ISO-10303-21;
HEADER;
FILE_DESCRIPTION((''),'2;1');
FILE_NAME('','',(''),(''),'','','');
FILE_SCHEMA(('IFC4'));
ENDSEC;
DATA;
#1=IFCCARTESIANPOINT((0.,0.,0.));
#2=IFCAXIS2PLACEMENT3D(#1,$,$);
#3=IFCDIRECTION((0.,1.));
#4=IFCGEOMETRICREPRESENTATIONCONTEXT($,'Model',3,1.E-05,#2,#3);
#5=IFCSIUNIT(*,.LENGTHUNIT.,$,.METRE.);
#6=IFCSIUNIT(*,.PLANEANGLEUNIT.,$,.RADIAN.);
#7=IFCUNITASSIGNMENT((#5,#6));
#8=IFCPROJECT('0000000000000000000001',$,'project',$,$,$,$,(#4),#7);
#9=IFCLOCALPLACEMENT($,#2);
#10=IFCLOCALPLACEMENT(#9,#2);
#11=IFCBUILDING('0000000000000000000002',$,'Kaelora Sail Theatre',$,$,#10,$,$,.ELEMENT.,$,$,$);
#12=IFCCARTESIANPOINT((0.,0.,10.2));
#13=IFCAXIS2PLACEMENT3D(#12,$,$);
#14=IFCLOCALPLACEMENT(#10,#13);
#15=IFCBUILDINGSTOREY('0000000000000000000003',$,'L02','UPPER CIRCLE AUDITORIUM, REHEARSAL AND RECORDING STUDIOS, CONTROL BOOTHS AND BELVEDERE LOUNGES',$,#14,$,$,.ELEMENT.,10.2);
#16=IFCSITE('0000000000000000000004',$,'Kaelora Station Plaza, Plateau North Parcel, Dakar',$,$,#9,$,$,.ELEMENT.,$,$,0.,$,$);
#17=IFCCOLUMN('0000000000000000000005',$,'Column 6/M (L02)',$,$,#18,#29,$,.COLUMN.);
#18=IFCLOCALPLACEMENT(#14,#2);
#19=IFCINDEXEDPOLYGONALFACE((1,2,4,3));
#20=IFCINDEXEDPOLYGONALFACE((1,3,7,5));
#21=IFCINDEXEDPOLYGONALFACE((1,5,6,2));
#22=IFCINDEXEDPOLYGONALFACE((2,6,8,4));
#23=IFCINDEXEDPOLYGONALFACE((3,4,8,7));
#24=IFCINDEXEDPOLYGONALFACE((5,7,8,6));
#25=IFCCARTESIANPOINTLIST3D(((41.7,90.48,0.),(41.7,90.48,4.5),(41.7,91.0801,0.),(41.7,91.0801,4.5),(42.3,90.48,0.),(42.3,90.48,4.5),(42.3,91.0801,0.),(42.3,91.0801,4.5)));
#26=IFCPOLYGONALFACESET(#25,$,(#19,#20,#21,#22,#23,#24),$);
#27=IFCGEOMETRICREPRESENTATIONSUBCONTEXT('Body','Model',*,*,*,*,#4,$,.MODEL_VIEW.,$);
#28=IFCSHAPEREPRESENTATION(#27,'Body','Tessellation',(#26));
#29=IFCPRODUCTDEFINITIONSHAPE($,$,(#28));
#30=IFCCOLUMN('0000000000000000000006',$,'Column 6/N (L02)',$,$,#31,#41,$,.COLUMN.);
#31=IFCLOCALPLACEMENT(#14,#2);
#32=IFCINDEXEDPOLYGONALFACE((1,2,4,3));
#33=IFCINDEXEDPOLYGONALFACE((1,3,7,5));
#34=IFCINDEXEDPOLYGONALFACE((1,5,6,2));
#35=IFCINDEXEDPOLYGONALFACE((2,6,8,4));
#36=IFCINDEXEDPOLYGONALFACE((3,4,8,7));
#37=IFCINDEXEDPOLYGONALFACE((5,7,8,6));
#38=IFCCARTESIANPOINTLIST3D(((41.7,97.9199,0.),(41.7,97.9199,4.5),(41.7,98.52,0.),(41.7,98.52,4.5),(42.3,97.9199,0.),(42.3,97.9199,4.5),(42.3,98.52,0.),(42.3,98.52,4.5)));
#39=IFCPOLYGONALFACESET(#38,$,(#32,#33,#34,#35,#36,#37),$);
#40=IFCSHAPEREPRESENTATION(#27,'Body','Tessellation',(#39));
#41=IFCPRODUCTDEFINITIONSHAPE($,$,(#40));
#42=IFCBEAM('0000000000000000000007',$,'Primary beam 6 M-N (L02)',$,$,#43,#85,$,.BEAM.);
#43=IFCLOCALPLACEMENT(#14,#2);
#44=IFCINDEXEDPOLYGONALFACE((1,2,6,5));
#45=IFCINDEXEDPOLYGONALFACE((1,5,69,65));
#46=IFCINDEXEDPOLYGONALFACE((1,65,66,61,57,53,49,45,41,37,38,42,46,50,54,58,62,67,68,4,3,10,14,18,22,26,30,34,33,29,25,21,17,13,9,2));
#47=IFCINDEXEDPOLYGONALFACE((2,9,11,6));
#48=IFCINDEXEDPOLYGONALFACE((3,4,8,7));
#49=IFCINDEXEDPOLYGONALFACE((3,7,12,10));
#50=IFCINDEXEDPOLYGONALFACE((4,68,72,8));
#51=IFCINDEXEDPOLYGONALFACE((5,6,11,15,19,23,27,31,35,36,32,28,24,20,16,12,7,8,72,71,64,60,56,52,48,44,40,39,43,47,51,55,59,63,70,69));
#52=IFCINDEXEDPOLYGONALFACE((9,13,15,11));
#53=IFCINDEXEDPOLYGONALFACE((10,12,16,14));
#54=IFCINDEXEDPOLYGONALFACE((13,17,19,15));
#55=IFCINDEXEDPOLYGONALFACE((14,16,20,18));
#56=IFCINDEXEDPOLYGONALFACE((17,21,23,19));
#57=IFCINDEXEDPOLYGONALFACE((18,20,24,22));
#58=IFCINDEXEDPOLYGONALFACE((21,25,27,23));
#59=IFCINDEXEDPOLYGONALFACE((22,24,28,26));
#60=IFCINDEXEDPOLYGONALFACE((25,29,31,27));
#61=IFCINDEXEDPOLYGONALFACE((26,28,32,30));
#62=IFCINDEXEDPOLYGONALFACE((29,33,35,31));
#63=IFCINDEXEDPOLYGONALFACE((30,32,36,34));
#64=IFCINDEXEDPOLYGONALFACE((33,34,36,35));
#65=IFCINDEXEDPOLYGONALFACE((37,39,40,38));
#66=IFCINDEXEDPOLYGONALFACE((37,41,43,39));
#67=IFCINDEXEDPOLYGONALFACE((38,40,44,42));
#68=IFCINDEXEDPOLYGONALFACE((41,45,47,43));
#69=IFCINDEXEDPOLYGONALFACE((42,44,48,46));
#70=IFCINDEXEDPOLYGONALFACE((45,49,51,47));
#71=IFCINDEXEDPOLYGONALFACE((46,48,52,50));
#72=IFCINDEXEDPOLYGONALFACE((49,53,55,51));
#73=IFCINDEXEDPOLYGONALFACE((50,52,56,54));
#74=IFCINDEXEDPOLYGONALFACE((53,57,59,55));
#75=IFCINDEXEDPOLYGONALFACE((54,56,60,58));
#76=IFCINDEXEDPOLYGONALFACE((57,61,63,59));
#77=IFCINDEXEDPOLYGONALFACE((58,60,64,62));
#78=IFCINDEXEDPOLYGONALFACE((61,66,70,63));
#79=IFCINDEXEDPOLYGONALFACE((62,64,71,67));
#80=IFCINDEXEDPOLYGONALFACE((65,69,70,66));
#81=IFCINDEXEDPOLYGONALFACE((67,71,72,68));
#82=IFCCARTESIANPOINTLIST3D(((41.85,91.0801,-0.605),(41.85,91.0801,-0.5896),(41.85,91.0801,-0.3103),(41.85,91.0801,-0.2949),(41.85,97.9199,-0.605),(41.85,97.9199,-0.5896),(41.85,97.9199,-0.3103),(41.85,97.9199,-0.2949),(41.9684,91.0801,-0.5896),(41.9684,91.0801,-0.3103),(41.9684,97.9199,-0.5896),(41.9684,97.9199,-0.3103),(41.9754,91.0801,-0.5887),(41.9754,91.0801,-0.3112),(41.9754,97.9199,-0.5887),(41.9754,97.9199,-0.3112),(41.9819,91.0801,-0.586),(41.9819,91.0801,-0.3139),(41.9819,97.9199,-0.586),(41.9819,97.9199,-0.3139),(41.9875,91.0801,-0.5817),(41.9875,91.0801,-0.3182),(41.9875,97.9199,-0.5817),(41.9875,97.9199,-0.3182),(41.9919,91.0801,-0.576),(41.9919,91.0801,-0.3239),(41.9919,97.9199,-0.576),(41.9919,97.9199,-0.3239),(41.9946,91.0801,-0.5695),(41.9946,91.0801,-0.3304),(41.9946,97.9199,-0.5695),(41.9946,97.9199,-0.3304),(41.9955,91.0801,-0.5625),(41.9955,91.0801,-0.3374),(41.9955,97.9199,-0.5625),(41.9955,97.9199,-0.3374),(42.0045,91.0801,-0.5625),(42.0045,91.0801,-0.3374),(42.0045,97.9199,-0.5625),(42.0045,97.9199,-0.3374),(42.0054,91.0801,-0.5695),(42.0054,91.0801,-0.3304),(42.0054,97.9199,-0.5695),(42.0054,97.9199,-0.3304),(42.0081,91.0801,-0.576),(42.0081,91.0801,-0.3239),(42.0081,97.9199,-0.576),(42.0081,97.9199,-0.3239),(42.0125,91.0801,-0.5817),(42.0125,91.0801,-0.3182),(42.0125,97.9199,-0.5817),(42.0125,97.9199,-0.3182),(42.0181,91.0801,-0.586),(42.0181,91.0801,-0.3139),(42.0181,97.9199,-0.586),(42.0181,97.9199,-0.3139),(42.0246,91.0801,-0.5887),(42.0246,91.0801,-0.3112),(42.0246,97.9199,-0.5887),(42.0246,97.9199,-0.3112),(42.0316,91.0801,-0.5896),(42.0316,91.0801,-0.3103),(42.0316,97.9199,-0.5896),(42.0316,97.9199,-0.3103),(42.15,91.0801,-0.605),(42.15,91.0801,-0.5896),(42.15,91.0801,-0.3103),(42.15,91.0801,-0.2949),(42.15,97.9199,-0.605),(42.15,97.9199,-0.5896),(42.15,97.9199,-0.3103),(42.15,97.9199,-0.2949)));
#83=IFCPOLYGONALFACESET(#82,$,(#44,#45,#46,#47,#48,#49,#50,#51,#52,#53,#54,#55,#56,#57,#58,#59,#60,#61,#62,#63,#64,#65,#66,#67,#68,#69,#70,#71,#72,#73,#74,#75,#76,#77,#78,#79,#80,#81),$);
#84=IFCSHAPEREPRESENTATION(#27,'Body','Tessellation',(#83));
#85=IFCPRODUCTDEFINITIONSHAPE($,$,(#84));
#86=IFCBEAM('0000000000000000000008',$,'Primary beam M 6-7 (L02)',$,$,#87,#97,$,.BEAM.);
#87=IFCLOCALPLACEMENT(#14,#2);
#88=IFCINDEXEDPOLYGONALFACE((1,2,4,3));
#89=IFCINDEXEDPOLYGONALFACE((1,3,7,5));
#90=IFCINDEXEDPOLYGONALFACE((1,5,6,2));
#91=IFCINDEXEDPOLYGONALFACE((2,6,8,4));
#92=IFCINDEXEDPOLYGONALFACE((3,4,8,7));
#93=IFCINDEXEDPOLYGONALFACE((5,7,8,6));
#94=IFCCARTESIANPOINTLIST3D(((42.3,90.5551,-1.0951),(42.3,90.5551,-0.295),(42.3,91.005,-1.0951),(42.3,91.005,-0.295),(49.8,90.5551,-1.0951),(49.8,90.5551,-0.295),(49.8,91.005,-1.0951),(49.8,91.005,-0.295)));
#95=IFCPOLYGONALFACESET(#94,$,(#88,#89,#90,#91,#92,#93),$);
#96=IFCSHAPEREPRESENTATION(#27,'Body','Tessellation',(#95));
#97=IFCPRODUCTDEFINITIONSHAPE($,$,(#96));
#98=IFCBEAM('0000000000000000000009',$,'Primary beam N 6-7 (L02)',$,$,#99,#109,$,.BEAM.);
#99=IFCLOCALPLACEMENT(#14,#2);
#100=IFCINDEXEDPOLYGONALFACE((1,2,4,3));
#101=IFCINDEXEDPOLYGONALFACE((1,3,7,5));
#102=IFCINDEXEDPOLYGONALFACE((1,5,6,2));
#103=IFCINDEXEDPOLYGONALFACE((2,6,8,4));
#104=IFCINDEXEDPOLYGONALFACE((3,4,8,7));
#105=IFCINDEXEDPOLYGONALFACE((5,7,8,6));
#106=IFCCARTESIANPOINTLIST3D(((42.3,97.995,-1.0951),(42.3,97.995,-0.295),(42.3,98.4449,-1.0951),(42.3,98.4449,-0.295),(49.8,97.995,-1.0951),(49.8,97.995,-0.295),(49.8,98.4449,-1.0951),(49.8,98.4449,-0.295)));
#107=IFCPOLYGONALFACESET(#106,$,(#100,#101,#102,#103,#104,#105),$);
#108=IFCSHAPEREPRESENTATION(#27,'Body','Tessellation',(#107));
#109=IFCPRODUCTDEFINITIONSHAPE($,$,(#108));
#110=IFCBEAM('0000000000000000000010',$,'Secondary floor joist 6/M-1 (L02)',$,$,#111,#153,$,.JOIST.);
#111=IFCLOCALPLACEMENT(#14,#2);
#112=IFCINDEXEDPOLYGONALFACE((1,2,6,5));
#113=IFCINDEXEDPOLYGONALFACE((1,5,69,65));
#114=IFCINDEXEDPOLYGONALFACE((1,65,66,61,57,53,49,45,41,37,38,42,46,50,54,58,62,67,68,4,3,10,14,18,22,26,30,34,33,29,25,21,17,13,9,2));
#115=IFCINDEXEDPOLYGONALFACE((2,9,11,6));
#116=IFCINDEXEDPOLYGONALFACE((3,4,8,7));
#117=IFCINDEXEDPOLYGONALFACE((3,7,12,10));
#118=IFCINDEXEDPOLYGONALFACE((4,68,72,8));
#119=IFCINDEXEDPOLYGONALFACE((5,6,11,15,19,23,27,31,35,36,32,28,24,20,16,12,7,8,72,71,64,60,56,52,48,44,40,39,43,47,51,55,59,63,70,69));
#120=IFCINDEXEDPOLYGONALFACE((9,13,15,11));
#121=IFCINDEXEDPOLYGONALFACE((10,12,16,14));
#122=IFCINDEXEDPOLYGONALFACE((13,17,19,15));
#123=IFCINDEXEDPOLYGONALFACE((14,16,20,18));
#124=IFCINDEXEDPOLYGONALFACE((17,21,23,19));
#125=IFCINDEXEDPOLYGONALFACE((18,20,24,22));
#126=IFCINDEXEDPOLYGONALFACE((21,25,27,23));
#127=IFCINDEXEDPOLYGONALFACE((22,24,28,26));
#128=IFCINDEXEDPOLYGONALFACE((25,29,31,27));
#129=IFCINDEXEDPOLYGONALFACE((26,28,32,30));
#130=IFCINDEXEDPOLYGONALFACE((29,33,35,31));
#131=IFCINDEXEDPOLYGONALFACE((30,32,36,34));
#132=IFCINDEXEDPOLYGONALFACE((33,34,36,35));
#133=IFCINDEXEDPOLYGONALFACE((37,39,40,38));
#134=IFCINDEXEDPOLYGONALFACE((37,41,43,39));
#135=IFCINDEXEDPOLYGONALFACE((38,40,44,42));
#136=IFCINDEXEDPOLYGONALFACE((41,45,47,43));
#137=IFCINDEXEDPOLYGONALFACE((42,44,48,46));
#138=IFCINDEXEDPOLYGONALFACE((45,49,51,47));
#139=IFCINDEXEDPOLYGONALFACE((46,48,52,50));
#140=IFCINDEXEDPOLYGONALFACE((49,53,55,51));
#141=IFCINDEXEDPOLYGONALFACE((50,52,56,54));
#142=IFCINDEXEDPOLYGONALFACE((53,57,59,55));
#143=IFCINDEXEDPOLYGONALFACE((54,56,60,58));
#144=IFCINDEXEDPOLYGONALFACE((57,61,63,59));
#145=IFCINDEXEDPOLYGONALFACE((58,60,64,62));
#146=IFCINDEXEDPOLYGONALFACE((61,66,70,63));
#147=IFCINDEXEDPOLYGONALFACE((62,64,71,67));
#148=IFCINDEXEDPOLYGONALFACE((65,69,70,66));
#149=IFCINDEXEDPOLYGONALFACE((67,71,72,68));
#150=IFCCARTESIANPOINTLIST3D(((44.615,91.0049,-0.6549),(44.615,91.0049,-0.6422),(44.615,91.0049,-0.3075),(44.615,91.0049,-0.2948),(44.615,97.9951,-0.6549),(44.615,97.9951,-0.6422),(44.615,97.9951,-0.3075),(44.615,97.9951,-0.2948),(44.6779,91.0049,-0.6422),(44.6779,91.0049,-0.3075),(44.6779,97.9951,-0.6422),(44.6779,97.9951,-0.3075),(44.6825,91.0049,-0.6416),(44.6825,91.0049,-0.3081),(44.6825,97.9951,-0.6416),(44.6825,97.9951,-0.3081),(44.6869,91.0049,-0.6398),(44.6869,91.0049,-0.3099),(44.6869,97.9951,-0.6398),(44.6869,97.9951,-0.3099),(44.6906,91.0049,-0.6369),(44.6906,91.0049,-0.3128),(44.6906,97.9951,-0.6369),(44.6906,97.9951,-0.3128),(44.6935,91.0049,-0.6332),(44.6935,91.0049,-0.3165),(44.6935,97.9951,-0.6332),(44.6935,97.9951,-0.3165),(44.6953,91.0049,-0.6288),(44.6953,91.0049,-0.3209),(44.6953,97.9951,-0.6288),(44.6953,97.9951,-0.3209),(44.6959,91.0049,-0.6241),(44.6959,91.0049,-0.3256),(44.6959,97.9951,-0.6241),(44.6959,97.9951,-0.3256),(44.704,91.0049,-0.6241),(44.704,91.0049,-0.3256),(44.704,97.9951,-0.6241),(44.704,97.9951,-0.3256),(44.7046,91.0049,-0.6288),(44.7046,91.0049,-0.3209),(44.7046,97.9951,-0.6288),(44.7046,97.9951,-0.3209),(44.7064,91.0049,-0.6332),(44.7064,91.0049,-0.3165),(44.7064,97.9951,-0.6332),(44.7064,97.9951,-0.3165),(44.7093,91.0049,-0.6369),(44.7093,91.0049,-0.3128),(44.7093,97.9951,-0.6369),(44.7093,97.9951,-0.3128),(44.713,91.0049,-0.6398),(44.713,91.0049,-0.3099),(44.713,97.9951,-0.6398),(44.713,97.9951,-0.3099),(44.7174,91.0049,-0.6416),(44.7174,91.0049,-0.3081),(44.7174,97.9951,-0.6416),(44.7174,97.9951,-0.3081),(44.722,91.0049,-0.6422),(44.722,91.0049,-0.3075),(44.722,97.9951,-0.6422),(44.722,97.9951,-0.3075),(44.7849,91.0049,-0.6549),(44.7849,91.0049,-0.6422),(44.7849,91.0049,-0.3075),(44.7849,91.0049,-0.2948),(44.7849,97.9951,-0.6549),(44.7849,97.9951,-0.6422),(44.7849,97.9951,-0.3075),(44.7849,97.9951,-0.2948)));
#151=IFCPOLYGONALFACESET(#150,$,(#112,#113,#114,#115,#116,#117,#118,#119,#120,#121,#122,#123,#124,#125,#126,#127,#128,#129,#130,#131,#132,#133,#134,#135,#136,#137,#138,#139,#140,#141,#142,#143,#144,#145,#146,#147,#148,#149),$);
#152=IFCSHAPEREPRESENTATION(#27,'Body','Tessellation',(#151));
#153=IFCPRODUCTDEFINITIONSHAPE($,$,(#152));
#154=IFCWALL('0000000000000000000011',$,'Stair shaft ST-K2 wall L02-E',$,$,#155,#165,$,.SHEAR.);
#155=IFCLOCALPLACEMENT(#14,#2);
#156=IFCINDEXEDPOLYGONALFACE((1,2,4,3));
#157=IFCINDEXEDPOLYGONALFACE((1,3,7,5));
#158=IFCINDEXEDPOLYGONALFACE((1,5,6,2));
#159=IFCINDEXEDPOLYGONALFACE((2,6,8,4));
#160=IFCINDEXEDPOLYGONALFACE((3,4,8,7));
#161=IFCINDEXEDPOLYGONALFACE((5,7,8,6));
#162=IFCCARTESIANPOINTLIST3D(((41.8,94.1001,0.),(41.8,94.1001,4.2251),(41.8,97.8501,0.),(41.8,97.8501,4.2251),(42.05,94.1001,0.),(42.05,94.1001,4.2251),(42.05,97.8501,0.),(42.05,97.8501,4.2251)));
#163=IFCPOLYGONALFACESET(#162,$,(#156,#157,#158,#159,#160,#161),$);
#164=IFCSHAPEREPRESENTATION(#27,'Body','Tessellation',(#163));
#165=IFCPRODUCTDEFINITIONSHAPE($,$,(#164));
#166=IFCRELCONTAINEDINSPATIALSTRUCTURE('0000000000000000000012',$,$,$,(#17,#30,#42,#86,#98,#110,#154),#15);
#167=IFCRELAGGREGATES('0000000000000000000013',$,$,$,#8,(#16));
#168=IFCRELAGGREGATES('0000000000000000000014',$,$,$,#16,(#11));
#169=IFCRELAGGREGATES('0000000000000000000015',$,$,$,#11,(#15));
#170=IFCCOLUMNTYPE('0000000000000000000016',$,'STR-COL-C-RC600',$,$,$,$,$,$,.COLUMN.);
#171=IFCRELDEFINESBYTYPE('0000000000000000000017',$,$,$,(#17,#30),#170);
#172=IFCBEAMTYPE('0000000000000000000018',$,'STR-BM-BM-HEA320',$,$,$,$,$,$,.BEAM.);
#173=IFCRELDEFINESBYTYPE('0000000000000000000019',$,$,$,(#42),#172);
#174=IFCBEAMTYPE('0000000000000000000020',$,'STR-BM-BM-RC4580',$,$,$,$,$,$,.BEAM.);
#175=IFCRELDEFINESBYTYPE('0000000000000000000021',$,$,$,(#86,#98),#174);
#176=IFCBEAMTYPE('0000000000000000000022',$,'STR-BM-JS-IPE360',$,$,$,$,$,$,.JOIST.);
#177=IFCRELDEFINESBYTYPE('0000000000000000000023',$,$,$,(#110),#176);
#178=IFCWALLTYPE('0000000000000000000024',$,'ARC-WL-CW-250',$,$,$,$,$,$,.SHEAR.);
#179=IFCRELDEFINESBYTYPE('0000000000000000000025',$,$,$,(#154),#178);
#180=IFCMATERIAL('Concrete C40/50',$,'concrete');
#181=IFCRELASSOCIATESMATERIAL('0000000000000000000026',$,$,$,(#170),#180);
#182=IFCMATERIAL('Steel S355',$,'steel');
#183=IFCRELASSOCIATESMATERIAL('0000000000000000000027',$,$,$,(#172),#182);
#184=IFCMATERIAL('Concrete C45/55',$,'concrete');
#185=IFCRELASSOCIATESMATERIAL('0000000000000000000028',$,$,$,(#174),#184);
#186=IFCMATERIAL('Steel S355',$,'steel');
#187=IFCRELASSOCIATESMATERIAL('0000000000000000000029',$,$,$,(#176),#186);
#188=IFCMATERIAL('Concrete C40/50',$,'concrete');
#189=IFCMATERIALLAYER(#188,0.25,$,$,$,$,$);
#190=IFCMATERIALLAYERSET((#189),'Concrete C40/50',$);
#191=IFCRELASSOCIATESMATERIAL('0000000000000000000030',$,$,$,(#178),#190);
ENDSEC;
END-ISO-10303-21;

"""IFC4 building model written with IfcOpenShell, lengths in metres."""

from ifc_helpers import new_model, si_unit, direction, frame, frame_2d, origin, origin_2d, place, context, subcontext, project, spatial, rectangle, i_section, extrude, material, layer, layer_set, material_profile, profile_set, type_object, element, save


model = new_model("IFC4")

# Units and contexts
model_context = context("Model", 3, precision=1e-05, world=origin(), true_north=direction((0.0, 1.0)))
body_context = subcontext(model_context, "Body", "Model", "MODEL_VIEW")
ifc_project = project(units=[si_unit("LENGTHUNIT", "METRE"), si_unit("PLANEANGLEUNIT", "RADIAN")], contexts=[model_context])

# Site, building, storey
site_placement = place(None, origin())
site = spatial("IfcSite", under=ifc_project, at=site_placement, Name="Kaelora Station Plaza, Plateau North Parcel, Dakar", CompositionType="ELEMENT", RefElevation=0.0)
building_placement = place(site_placement, origin())
building = spatial("IfcBuilding", under=site, at=building_placement, Name="Kaelora Sail Theatre", CompositionType="ELEMENT")
storey_placement = place(building_placement, frame((0.0, 0.0, 10.2)))
storey = spatial("IfcBuildingStorey", under=building, at=storey_placement, Name="L02", Description="UPPER CIRCLE AUDITORIUM, REHEARSAL AND RECORDING STUDIOS, CONTROL BOOTHS AND BELVEDERE LOUNGES", CompositionType="ELEMENT", Elevation=10.2)

# Columns
ifc_material_1 = material(Name="Concrete C40/50", Category="concrete")
ifc_material_profile_1 = material_profile(ifc_material_1, rectangle(XDim=0.6001, YDim=0.6001, at=origin_2d()), Name="RC-COL 600x600")
ifc_profile_set_1 = profile_set([ifc_material_profile_1], Name="Concrete C40/50")
column_type = type_object("IfcColumnType", Name="STR-COL-C-RC600", PredefinedType="COLUMN", material=ifc_profile_set_1)
for number, where, z_axis, x_axis, name in (
    (1, (42.0, 90.78, 0.0), (0.0, 0.0, 1.0), (1.0, 0.0, 0.0), "Column 6/M (L02)"),
    (2, (42.0, 98.22, 0.0), (0.0, 0.0, 1.0), (1.0, 0.0, 0.0), "Column 6/N (L02)"),
):
    element("IfcColumn", number, at=place(storey_placement, frame(where, z_axis=z_axis, x_axis=x_axis)), inside=storey, type_object=column_type, Name=name, PredefinedType="COLUMN", context=body_context, shape_type="SweptSolid", body=[
        extrude(rectangle(XDim=0.6001, YDim=0.6001, at=origin_2d()), origin(), (0.0, 0.0, 1.0), 4.5),
    ])

# Beams
ifc_material_2 = material(Name="Steel S355", Category="steel")
ifc_material_profile_2 = material_profile(ifc_material_2, i_section(OverallWidth=0.3, OverallDepth=0.3101, WebThickness=0.009, FlangeThickness=0.0154, FilletRadius=0.0271, at=origin_2d()), Name="HEA 320")
ifc_profile_set_2 = profile_set([ifc_material_profile_2], Name="Steel S355")
beam_type_1 = type_object("IfcBeamType", Name="STR-BM-BM-HEA320", PredefinedType="BEAM", material=ifc_profile_set_2)
beam_1_placement = place(storey_placement, frame((42.0, 91.0801, -0.45), z_axis=(0.0, 1.0, 0.0), x_axis=(-1.0, 0.0, 0.0)))
element("IfcBeam", 3, at=beam_1_placement, inside=storey, type_object=beam_type_1, Name="Primary beam 6 M-N (L02)", PredefinedType="BEAM", context=body_context, shape_type="SweptSolid", body=[
    extrude(i_section(OverallWidth=0.3, OverallDepth=0.3101, WebThickness=0.009, FlangeThickness=0.0154, FilletRadius=0.0271, at=origin_2d()), origin(), (0.0, 0.0, 1.0), 6.8398),
])
ifc_material_3 = material(Name="Concrete C45/55", Category="concrete")
ifc_material_profile_3 = material_profile(ifc_material_3, rectangle(XDim=0.45, YDim=0.8, at=origin_2d()), Name="RC-BM 450x800")
ifc_profile_set_3 = profile_set([ifc_material_profile_3], Name="Concrete C45/55")
beam_type_2 = type_object("IfcBeamType", Name="STR-BM-BM-RC4580", PredefinedType="BEAM", material=ifc_profile_set_3)
for number, where, z_axis, x_axis, name in (
    (4, (42.3, 90.78, -0.6951), (1.0, 0.0, 0.0), (0.0, 1.0, 0.0), "Primary beam M 6-7 (L02)"),
    (5, (42.3, 98.22, -0.6951), (1.0, 0.0, 0.0), (0.0, 1.0, 0.0), "Primary beam N 6-7 (L02)"),
):
    element("IfcBeam", number, at=place(storey_placement, frame(where, z_axis=z_axis, x_axis=x_axis)), inside=storey, type_object=beam_type_2, Name=name, PredefinedType="BEAM", context=body_context, shape_type="SweptSolid", body=[
        extrude(rectangle(XDim=0.45, YDim=0.8, at=origin_2d()), origin(), (0.0, 0.0, 1.0), 7.5),
    ])
ifc_material_4 = material(Name="Steel S355", Category="steel")
ifc_material_profile_4 = material_profile(ifc_material_4, i_section(OverallWidth=0.1699, OverallDepth=0.3601, WebThickness=0.0081, FlangeThickness=0.0127, FilletRadius=0.0181, at=origin_2d()), Name="IPE 360")
ifc_profile_set_4 = profile_set([ifc_material_profile_4], Name="Steel S355")
beam_type_3 = type_object("IfcBeamType", Name="STR-BM-JS-IPE360", PredefinedType="JOIST", material=ifc_profile_set_4)
beam_2_placement = place(storey_placement, frame((44.7, 91.0049, -0.4749), z_axis=(0.0, 1.0, 0.0), x_axis=(-1.0, 0.0, 0.0)))
element("IfcBeam", 6, at=beam_2_placement, inside=storey, type_object=beam_type_3, Name="Secondary floor joist 6/M-1 (L02)", PredefinedType="JOIST", context=body_context, shape_type="SweptSolid", body=[
    extrude(i_section(OverallWidth=0.1699, OverallDepth=0.3601, WebThickness=0.0081, FlangeThickness=0.0127, FilletRadius=0.0181, at=origin_2d()), origin(), (0.0, 0.0, 1.0), 6.9902),
])

# Wall
ifc_material_5 = material(Name="Concrete C40/50", Category="concrete")
ifc_layer_1 = layer(ifc_material_5, 0.25)
ifc_layer_set_1 = layer_set([ifc_layer_1], Name="Concrete C40/50")
wall_type_1 = type_object("IfcWallType", Name="ARC-WL-CW-250", PredefinedType="SHEAR", material=ifc_layer_set_1)
wall_1_placement = place(storey_placement, frame((41.925, 94.1001, 0.0), z_axis=(0.0, 0.0, 1.0), x_axis=(0.0, 1.0, 0.0)))
element("IfcWall", 7, at=wall_1_placement, inside=storey, type_object=wall_type_1, Name="Stair shaft ST-K2 wall L02-E", PredefinedType="SHEAR", context=body_context, shape_type="SweptSolid", body=[
    extrude(rectangle(XDim=3.75, YDim=0.25, at=frame_2d((1.875, 0.0))), origin(), (0.0, 0.0, 1.0), 4.2251),
])

save(model, "model.ifc")
